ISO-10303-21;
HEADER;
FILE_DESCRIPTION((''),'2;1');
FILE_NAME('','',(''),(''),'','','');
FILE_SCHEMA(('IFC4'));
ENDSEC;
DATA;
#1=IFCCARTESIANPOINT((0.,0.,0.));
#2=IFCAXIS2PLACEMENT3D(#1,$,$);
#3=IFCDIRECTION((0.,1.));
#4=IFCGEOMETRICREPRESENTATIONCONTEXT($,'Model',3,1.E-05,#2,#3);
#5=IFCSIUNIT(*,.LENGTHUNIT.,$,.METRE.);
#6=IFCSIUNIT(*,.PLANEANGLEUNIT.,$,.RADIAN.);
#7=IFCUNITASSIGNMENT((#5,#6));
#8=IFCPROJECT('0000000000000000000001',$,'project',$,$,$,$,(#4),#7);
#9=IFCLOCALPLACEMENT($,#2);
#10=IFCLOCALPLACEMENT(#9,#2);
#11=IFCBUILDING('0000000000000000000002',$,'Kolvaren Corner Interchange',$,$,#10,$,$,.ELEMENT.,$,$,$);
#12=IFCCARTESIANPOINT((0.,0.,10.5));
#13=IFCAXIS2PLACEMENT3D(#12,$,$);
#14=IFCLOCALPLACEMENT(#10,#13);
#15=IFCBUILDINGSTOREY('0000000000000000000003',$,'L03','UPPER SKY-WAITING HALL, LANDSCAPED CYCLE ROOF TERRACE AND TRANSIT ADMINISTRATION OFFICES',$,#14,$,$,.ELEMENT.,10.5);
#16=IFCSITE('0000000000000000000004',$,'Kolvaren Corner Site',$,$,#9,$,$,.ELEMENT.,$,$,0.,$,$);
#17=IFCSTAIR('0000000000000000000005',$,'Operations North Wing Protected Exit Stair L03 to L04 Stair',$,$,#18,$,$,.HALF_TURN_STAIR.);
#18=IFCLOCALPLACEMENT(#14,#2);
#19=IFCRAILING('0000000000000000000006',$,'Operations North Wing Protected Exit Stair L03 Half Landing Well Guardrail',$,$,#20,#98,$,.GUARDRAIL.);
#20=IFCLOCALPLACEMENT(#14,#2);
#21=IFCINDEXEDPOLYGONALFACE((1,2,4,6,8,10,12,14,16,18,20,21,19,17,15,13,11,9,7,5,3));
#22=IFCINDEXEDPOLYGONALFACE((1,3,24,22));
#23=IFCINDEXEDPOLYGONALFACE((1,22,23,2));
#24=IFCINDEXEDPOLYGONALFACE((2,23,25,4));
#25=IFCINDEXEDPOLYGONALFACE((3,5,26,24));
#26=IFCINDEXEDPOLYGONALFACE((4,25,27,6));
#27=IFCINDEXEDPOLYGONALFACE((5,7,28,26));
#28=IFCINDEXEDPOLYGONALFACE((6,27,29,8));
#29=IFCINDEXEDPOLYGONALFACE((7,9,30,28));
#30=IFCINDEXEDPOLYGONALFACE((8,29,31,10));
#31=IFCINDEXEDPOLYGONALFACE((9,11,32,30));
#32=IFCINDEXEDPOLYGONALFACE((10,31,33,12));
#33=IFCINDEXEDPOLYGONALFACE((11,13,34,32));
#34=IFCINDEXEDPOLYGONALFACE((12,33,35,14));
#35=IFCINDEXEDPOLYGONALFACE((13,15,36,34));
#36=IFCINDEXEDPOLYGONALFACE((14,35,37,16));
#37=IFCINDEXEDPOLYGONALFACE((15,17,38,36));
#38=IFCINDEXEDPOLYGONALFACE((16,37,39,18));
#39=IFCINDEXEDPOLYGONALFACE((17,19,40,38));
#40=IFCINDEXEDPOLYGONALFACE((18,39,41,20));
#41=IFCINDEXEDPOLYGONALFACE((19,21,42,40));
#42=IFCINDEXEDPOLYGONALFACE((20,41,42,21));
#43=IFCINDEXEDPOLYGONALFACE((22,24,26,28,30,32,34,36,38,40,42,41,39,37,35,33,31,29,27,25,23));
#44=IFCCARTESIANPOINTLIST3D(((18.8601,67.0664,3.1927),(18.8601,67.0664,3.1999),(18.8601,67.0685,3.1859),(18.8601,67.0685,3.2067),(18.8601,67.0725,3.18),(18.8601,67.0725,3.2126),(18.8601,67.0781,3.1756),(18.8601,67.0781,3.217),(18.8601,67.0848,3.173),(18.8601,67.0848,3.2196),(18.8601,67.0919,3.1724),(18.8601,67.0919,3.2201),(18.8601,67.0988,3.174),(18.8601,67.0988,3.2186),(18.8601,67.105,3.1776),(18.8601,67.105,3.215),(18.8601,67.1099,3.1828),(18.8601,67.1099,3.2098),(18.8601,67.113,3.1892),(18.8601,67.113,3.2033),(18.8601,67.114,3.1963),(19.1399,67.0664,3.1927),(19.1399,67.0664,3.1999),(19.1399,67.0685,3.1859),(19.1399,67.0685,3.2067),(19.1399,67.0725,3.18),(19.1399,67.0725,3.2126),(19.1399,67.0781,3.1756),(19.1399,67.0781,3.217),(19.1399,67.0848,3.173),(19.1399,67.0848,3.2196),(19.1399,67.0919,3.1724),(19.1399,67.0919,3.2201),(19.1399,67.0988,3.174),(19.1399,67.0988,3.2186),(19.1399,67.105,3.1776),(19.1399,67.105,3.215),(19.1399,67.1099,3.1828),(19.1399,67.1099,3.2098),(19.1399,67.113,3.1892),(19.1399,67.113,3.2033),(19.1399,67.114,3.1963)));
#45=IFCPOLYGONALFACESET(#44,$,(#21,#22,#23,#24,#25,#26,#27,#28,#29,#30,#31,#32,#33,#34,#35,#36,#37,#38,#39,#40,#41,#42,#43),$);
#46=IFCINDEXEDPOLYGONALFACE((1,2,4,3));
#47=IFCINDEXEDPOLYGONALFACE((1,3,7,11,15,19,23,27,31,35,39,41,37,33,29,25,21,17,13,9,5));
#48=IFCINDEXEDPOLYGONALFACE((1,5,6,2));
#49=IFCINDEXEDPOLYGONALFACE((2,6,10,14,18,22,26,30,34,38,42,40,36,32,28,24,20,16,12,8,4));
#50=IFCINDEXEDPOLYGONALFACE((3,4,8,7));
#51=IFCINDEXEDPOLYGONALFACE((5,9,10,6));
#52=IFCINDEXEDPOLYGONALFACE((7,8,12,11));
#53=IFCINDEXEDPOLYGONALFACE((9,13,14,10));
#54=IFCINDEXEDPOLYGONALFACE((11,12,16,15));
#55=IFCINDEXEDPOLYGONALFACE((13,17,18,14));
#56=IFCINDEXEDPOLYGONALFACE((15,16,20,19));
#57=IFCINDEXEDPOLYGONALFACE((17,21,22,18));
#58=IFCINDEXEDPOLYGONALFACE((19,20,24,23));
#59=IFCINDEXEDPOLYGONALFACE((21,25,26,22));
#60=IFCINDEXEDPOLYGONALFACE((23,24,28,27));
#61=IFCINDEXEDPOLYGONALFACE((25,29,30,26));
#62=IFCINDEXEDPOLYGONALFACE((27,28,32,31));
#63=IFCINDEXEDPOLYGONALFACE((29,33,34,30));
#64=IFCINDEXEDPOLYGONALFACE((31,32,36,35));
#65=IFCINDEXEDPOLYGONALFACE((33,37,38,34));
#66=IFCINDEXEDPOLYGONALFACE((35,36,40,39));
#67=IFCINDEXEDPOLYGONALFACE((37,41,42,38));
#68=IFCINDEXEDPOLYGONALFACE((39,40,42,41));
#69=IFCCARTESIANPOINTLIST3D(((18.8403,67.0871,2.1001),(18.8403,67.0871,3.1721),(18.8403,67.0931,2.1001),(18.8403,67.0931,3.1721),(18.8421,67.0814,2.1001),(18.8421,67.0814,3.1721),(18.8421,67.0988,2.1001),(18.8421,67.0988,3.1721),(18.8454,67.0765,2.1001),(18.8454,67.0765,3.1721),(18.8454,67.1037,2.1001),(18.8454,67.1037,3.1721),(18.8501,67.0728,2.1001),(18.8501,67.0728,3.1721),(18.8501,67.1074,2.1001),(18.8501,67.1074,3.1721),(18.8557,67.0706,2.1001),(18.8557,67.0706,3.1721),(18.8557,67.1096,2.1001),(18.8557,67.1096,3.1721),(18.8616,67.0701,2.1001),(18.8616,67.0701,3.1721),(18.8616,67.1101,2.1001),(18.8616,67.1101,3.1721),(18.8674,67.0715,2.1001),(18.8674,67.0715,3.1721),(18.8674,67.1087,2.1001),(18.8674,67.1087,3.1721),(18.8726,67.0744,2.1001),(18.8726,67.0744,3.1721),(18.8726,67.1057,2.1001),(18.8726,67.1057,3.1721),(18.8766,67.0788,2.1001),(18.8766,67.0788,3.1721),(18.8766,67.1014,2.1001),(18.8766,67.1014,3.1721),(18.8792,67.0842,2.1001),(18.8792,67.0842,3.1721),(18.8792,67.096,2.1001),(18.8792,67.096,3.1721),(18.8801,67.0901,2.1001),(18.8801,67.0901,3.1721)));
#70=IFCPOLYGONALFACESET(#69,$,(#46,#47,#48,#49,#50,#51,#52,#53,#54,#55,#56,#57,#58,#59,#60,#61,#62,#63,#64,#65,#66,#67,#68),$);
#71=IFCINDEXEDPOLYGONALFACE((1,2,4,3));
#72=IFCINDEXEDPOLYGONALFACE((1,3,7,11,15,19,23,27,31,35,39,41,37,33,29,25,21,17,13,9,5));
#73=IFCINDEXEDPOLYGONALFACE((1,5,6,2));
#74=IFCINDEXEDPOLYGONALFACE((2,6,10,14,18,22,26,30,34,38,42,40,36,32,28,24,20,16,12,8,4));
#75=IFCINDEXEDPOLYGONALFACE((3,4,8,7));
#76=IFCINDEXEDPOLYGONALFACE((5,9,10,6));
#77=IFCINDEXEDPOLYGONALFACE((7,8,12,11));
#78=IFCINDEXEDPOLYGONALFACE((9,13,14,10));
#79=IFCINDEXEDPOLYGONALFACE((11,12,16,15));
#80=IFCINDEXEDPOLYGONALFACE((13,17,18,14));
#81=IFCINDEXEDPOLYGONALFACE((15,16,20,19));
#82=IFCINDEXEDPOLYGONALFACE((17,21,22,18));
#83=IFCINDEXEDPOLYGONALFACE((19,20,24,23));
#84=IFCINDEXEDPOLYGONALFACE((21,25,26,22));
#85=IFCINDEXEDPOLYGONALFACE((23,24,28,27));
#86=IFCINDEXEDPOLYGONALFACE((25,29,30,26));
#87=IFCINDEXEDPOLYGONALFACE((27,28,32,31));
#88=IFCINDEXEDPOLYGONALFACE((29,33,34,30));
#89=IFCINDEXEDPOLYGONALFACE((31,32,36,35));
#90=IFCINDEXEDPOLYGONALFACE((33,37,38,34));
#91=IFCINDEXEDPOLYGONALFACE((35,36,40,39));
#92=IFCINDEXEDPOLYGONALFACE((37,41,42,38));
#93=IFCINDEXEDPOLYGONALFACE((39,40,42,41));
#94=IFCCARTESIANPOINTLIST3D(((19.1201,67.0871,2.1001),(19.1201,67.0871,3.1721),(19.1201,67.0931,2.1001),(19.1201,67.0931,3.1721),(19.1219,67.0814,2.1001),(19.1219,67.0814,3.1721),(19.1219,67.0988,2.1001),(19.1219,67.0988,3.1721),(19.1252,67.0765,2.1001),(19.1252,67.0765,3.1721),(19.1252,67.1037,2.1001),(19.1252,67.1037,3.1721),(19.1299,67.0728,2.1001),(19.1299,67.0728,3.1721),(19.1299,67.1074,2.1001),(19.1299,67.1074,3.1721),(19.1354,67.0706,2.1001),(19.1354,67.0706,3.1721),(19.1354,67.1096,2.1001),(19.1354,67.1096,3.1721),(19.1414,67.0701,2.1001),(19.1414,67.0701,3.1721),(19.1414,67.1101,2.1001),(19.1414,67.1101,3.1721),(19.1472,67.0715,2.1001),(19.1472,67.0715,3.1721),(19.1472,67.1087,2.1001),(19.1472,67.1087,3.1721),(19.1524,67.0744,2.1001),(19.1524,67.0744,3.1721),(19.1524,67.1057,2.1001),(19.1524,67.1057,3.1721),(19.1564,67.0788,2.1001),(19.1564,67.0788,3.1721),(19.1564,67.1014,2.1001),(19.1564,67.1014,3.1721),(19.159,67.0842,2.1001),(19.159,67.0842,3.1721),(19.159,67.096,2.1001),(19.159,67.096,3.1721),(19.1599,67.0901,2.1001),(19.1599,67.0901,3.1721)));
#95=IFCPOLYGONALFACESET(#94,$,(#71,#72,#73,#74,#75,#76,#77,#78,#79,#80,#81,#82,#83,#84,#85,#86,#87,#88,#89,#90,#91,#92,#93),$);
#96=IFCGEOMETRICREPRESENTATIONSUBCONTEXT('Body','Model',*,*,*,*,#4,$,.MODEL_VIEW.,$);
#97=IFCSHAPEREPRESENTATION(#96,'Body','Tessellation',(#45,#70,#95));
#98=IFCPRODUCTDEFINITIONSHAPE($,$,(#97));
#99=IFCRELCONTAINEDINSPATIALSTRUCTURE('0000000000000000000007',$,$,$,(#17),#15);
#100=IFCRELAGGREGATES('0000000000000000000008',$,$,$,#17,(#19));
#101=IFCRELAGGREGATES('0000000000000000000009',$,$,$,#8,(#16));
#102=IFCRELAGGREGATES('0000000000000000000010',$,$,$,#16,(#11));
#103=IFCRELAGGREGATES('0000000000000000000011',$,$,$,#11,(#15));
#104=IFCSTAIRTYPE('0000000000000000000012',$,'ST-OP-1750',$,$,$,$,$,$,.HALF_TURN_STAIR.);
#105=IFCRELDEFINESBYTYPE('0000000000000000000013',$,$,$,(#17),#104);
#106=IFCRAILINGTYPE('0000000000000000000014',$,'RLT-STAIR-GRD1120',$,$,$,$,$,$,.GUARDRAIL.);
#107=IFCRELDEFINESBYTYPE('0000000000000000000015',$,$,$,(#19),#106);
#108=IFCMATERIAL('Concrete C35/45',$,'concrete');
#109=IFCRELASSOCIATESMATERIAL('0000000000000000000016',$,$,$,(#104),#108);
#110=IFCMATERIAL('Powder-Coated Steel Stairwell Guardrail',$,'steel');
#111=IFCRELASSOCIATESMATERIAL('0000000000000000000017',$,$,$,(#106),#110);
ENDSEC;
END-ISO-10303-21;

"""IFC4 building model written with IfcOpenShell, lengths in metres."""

from ifc_helpers import new_model, si_unit, direction, frame, origin, origin_2d, place, context, subcontext, project, spatial, circle, extrude, material, type_object, element, aggregate, save


model = new_model("IFC4")

# Units and contexts
model_context = context("Model", 3, precision=1e-05, world=origin(), true_north=direction((0.0, 1.0)))
body_context = subcontext(model_context, "Body", "Model", "MODEL_VIEW")
ifc_project = project(units=[si_unit("LENGTHUNIT", "METRE"), si_unit("PLANEANGLEUNIT", "RADIAN")], contexts=[model_context])

# Site, building, storey
site_placement = place(None, origin())
site = spatial("IfcSite", under=ifc_project, at=site_placement, Name="Kolvaren Corner Site", CompositionType="ELEMENT", RefElevation=0.0)
building_placement = place(site_placement, origin())
building = spatial("IfcBuilding", under=site, at=building_placement, Name="Kolvaren Corner Interchange", CompositionType="ELEMENT")
storey_placement = place(building_placement, frame((0.0, 0.0, 10.5)))
storey = spatial("IfcBuildingStorey", under=building, at=storey_placement, Name="L03", Description="UPPER SKY-WAITING HALL, LANDSCAPED CYCLE ROOF TERRACE AND TRANSIT ADMINISTRATION OFFICES", CompositionType="ELEMENT", Elevation=10.5)

# Stair
ifc_material_1 = material(Name="Concrete C35/45", Category="concrete")
stair_type = type_object("IfcStairType", Name="ST-OP-1750", PredefinedType="HALF_TURN_STAIR", material=ifc_material_1)
stair_placement = place(storey_placement, origin())
stair = element("IfcStair", 1, at=stair_placement, inside=storey, type_object=stair_type, Name="Operations North Wing Protected Exit Stair L03 to L04 Stair", PredefinedType="HALF_TURN_STAIR")

# Railing
ifc_material_2 = material(Name="Powder-Coated Steel Stairwell Guardrail", Category="steel")
railing_type_1 = type_object("IfcRailingType", Name="RLT-STAIR-GRD1120", PredefinedType="GUARDRAIL", material=ifc_material_2)
railing_1_placement = place(storey_placement, frame((18.8601, 67.0901, 2.1001)))
railing_1 = element("IfcRailing", 2, at=railing_1_placement, type_object=railing_type_1, Name="Operations North Wing Protected Exit Stair L03 Half Landing Well Guardrail", PredefinedType="GUARDRAIL", context=body_context, shape_type="SweptSolid", body=[
    extrude(circle(Radius=0.0239, at=origin_2d()), frame((0.0, 0.0, 1.0962), z_axis=(1.0, 0.0, 0.0), x_axis=(0.0, 1.0, 0.0)), (0.0, 0.0, 1.0), 0.2798),
    extrude(circle(Radius=0.02, at=origin_2d()), origin(), (0.0, 0.0, 1.0), 1.072),
    extrude(circle(Radius=0.02, at=origin_2d()), frame((0.2798, 0.0, 0.0)), (0.0, 0.0, 1.0), 1.072),
])
aggregate(stair, [railing_1])

save(model, "model.ifc")
